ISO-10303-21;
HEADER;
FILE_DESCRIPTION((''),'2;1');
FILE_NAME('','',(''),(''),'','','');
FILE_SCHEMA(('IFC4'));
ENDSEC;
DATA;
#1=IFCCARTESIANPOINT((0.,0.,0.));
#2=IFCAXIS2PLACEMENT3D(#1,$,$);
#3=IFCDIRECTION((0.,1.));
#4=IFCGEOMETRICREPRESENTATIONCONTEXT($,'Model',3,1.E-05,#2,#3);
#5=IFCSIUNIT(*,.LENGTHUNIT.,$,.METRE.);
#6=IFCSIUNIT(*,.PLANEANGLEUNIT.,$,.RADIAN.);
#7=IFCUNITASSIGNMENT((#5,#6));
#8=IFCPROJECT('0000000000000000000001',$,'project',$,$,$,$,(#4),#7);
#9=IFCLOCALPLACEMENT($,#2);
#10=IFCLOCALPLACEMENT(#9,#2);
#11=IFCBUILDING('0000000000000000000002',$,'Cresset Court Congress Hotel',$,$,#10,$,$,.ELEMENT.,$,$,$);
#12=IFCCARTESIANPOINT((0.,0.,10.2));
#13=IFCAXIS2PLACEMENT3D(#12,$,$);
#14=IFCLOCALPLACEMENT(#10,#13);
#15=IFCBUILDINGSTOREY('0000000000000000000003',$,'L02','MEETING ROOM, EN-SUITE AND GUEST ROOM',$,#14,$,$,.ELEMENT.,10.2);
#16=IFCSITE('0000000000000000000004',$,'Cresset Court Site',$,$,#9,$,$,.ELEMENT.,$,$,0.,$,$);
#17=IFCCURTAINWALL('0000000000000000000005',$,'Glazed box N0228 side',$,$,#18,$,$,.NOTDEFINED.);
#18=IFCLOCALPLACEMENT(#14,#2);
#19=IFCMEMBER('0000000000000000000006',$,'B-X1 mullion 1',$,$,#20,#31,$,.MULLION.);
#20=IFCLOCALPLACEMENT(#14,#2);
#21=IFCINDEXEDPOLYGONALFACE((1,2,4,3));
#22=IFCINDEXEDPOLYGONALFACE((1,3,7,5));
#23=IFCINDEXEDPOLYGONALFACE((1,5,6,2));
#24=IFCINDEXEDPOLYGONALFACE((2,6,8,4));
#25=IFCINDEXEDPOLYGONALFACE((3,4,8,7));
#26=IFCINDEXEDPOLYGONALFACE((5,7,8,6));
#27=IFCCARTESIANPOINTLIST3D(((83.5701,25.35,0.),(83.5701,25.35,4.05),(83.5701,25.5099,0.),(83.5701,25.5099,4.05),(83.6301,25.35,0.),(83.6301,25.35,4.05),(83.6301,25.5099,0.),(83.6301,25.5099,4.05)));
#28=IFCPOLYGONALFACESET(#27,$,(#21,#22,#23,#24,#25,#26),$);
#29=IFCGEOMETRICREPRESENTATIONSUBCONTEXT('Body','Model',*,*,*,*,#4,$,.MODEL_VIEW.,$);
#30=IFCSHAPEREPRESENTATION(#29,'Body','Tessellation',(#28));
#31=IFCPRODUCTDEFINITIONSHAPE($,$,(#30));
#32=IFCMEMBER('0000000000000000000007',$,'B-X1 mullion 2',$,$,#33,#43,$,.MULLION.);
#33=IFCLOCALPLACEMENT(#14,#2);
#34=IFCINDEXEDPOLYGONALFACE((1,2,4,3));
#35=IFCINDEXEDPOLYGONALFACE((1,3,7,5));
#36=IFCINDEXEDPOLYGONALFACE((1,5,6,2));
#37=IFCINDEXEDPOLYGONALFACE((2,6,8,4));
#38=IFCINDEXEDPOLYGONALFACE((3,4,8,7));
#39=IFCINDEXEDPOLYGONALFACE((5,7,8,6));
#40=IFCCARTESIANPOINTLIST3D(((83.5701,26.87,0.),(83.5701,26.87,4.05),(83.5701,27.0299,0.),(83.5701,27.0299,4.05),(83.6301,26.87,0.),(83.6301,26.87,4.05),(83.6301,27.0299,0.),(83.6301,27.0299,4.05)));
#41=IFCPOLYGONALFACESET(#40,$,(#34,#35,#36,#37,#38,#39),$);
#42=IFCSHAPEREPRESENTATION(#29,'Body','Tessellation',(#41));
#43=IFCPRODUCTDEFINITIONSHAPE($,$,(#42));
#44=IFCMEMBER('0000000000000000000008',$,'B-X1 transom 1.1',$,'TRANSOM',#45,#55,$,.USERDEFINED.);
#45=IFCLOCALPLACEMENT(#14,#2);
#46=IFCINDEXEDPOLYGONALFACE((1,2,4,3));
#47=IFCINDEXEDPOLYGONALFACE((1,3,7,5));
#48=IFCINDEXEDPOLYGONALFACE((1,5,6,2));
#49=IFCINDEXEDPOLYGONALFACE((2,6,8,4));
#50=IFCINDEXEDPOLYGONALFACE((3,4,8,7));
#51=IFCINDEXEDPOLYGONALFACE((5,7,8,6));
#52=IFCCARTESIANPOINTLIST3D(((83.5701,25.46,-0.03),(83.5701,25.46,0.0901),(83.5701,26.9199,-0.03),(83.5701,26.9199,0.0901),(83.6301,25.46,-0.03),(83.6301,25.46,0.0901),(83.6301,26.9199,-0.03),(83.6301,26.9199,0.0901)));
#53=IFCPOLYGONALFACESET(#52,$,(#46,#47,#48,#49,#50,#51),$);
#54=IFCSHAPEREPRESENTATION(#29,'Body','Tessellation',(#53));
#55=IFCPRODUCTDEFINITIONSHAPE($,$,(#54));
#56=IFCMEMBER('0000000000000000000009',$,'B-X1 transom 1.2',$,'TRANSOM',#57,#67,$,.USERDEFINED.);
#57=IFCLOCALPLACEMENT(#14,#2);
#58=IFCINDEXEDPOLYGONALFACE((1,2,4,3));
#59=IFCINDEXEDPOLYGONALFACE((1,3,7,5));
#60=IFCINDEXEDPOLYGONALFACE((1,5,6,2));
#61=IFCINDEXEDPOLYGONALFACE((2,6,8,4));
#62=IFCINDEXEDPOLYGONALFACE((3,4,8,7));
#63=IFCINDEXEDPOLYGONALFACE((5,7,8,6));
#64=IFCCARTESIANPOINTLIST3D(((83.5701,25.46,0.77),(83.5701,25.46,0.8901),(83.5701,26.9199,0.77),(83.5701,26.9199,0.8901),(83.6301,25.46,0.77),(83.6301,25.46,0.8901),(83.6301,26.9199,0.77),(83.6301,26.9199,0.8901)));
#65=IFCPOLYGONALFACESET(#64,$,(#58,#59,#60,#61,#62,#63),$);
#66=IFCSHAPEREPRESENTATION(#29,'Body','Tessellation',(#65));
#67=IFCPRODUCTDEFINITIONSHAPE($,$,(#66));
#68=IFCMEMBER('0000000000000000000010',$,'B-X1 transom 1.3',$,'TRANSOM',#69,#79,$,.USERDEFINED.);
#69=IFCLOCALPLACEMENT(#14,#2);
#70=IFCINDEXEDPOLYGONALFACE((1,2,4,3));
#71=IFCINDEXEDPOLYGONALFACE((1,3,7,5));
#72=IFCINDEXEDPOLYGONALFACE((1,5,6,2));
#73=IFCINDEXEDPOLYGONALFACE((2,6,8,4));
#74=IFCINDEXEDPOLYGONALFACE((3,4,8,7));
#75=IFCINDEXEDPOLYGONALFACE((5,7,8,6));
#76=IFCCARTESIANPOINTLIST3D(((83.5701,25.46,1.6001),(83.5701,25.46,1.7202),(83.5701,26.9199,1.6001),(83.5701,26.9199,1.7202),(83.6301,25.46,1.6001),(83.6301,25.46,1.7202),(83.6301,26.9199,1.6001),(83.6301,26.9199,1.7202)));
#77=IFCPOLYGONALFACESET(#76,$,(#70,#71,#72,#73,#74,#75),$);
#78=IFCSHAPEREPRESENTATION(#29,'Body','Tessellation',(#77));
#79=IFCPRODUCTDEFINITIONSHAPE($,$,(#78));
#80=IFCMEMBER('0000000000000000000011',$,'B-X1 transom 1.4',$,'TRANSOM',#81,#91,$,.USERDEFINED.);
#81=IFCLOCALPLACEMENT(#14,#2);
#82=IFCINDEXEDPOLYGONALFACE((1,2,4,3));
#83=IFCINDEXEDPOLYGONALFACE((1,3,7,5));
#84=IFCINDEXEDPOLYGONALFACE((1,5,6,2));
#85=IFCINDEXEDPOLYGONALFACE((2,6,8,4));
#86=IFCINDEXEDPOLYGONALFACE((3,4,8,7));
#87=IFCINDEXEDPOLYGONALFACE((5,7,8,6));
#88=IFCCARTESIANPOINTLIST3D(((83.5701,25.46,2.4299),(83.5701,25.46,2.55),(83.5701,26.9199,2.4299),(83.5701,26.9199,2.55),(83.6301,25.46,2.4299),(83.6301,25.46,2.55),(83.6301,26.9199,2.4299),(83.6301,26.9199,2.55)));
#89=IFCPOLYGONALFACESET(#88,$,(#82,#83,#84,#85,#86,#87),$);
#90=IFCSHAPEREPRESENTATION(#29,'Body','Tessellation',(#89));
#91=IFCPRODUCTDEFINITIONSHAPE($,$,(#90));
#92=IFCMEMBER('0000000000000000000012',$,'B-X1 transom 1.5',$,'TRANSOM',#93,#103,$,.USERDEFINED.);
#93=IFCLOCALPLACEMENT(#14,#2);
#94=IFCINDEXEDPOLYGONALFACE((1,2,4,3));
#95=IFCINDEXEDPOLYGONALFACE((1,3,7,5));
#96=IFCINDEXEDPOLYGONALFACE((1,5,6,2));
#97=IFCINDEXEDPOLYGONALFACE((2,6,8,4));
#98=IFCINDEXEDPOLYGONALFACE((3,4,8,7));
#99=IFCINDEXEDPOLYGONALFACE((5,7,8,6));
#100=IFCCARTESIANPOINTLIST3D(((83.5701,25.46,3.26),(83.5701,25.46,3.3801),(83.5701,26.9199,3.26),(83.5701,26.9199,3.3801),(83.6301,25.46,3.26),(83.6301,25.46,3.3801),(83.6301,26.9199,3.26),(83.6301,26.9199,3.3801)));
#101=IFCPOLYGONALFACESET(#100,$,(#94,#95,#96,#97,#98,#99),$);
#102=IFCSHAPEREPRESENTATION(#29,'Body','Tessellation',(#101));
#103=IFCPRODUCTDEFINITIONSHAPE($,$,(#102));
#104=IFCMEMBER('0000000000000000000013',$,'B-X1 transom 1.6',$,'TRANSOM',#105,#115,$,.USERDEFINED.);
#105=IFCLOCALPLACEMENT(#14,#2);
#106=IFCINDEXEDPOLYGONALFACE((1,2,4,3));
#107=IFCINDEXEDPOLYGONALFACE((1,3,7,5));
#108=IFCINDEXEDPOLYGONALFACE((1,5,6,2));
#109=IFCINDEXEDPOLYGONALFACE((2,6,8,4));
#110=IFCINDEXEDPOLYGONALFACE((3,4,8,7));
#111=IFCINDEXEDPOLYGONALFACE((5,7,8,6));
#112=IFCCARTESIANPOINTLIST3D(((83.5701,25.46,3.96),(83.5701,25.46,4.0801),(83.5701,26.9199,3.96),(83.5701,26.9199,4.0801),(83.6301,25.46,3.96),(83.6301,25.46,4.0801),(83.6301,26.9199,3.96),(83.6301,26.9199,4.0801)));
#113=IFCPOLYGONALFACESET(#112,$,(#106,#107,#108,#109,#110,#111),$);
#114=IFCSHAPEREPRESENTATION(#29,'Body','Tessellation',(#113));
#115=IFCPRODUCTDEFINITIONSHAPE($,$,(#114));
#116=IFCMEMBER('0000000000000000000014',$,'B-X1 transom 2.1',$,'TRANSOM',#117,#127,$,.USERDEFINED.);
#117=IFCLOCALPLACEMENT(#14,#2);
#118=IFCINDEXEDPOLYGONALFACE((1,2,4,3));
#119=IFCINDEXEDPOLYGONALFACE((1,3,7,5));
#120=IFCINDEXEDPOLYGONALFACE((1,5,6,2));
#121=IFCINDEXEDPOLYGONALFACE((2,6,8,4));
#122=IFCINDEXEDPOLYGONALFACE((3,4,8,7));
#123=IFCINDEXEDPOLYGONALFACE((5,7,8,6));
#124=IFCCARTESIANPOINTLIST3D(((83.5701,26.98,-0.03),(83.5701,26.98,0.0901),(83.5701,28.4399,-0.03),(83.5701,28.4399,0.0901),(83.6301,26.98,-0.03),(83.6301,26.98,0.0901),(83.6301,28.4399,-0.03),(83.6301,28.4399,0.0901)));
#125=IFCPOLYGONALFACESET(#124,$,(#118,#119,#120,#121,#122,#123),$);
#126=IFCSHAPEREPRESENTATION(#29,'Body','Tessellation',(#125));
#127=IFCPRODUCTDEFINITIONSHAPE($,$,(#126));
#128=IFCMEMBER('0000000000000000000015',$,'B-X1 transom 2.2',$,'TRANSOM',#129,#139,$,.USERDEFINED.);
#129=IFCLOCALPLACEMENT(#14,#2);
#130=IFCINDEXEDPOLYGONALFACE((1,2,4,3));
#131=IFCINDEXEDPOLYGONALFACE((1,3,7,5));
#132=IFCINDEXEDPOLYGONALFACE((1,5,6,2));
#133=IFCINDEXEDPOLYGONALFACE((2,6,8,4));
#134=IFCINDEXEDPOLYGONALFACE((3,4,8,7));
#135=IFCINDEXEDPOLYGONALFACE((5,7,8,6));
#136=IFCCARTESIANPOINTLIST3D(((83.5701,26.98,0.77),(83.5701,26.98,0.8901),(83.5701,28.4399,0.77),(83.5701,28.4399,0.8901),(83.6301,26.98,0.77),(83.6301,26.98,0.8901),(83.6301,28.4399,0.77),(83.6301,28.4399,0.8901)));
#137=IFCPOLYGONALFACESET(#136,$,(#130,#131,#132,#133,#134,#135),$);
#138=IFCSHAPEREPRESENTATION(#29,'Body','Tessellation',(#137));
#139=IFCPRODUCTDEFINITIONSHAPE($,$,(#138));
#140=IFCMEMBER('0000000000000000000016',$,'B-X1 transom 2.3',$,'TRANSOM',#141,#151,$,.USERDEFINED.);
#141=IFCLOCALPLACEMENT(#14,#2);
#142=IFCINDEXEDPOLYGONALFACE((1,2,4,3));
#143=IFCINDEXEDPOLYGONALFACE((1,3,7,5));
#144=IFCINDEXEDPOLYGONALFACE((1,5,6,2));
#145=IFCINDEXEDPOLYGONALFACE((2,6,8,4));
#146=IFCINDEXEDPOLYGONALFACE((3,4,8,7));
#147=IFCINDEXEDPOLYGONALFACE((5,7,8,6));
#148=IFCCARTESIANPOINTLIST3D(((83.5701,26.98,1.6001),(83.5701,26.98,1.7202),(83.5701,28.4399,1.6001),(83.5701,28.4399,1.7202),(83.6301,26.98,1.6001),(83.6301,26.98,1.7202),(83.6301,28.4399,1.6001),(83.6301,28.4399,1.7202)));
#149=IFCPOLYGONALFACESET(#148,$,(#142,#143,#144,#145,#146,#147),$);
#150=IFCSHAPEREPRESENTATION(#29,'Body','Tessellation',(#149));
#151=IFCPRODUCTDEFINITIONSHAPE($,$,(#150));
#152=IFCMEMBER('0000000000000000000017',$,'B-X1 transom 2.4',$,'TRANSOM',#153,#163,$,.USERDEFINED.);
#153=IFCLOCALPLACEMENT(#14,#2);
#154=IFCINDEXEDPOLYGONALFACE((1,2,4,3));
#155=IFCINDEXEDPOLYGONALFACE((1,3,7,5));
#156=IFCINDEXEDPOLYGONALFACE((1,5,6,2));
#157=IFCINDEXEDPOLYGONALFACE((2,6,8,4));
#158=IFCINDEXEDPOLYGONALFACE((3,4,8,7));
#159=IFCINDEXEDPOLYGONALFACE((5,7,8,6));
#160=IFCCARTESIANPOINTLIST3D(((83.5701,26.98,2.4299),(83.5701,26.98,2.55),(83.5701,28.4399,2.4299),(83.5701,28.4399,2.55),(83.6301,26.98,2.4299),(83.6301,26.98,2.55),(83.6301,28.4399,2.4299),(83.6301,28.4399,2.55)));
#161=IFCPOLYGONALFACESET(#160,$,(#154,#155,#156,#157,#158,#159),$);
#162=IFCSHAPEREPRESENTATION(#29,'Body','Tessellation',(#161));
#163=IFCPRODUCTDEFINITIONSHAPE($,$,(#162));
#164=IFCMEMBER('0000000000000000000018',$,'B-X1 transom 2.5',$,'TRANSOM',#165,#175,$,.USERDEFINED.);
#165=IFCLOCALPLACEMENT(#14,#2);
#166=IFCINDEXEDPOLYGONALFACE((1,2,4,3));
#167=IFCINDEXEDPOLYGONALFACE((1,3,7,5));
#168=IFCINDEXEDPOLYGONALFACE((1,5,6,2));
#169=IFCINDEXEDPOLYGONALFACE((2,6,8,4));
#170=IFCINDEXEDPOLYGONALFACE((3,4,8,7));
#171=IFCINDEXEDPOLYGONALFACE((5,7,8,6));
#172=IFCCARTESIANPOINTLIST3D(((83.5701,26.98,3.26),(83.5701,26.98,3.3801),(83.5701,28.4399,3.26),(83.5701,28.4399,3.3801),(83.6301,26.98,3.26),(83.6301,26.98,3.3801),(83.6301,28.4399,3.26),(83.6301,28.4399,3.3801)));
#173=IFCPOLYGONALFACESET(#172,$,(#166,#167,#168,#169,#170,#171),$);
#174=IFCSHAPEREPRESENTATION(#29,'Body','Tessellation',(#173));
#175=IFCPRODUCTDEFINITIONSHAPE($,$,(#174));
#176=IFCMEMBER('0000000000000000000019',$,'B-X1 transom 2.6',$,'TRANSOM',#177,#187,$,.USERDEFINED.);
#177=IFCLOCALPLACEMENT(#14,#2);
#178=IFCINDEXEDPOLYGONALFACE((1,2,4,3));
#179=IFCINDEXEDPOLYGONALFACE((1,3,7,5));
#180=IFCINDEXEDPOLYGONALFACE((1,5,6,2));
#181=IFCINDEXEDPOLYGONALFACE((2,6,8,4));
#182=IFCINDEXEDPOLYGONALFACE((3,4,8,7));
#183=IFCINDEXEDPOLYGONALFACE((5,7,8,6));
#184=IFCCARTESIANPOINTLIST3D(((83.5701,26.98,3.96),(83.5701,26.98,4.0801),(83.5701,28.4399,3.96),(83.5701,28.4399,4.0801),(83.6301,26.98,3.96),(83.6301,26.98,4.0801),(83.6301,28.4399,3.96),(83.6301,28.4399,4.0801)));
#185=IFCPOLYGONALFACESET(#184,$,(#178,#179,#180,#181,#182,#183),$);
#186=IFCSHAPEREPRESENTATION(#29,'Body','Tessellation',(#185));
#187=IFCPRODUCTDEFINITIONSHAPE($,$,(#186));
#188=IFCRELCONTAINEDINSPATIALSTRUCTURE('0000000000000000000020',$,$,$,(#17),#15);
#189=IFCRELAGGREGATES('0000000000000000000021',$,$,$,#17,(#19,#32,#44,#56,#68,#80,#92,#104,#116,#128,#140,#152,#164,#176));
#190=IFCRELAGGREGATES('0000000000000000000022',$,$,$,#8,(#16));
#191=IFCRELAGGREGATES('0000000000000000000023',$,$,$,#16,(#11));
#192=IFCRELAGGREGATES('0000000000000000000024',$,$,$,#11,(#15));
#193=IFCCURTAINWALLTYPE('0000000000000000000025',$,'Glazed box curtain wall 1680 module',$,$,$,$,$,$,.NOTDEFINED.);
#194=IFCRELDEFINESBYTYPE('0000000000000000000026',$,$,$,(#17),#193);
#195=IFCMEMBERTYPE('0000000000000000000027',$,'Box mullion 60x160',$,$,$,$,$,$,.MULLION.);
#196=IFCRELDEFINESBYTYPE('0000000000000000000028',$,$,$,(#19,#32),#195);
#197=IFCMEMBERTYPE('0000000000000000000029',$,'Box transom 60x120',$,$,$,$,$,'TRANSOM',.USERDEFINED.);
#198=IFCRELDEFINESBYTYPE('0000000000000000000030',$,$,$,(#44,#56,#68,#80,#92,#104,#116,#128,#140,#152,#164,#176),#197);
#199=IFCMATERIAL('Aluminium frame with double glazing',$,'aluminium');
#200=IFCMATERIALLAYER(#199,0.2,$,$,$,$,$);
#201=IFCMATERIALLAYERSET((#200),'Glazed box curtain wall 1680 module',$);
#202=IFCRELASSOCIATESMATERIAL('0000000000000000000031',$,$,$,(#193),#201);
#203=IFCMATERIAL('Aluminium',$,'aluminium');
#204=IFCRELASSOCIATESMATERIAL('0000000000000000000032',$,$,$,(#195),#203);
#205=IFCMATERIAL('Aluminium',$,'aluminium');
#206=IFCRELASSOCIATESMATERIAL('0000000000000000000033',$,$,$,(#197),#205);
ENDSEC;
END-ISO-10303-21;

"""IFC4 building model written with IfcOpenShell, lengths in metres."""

from ifc_helpers import new_model, si_unit, direction, frame, origin, origin_2d, place, context, subcontext, project, spatial, rectangle, extrude, material, layer, layer_set, material_profile, profile_set, type_object, element, aggregate, save


model = new_model("IFC4")

# Units and contexts
model_context = context("Model", 3, precision=1e-05, world=origin(), true_north=direction((0.0, 1.0)))
body_context = subcontext(model_context, "Body", "Model", "MODEL_VIEW")
ifc_project = project(units=[si_unit("LENGTHUNIT", "METRE"), si_unit("PLANEANGLEUNIT", "RADIAN")], contexts=[model_context])

# Site, building, storey
site_placement = place(None, origin())
site = spatial("IfcSite", under=ifc_project, at=site_placement, Name="Cresset Court Site", CompositionType="ELEMENT", RefElevation=0.0)
building_placement = place(site_placement, origin())
building = spatial("IfcBuilding", under=site, at=building_placement, Name="Cresset Court Congress Hotel", CompositionType="ELEMENT")
storey_placement = place(building_placement, frame((0.0, 0.0, 10.2)))
storey = spatial("IfcBuildingStorey", under=building, at=storey_placement, Name="L02", Description="MEETING ROOM, EN-SUITE AND GUEST ROOM", CompositionType="ELEMENT", Elevation=10.2)

# Curtain wall, members
ifc_material_1 = material(Name="Aluminium frame with double glazing", Category="aluminium")
ifc_layer_1 = layer(ifc_material_1, 0.2)
ifc_layer_set_1 = layer_set([ifc_layer_1], Name="Glazed box curtain wall 1680 module")
curtain_wall_type = type_object("IfcCurtainWallType", Name="Glazed box curtain wall 1680 module", PredefinedType="NOTDEFINED", material=ifc_layer_set_1)
curtain_wall_placement = place(storey_placement, origin())
curtain_wall = element("IfcCurtainWall", 1, at=curtain_wall_placement, inside=storey, type_object=curtain_wall_type, Name="Glazed box N0228 side", PredefinedType="NOTDEFINED")
ifc_material_2 = material(Name="Aluminium", Category="aluminium")
ifc_material_profile_1 = material_profile(ifc_material_2, rectangle(XDim=0.0601, YDim=0.1599, at=origin_2d()), Name="Box mullion 60x160")
ifc_profile_set_1 = profile_set([ifc_material_profile_1], Name="Aluminium")
member_type_1 = type_object("IfcMemberType", Name="Box mullion 60x160", PredefinedType="MULLION", material=ifc_profile_set_1)
member_1_placement = place(storey_placement, frame((83.6001, 25.4299, 0.0), z_axis=(0.0, 0.0, 1.0), x_axis=(-1.0, 0.0, 0.0)))
member_1 = element("IfcMember", 2, at=member_1_placement, type_object=member_type_1, Name="B-X1 mullion 1", PredefinedType="MULLION", context=body_context, shape_type="SweptSolid", body=[
    extrude(rectangle(XDim=0.0601, YDim=0.1599, at=origin_2d()), origin(), (0.0, 0.0, 1.0), 4.05),
])
member_2_placement = place(storey_placement, frame((83.6001, 26.95, 0.0), z_axis=(0.0, 0.0, 1.0), x_axis=(-1.0, 0.0, 0.0)))
member_2 = element("IfcMember", 3, at=member_2_placement, type_object=member_type_1, Name="B-X1 mullion 2", PredefinedType="MULLION", context=body_context, shape_type="SweptSolid", body=[
    extrude(rectangle(XDim=0.0601, YDim=0.1599, at=origin_2d()), origin(), (0.0, 0.0, 1.0), 4.05),
])
ifc_material_3 = material(Name="Aluminium", Category="aluminium")
ifc_material_profile_2 = material_profile(ifc_material_3, rectangle(XDim=0.0601, YDim=0.1201, at=origin_2d()), Name="Box transom 60x120")
ifc_profile_set_2 = profile_set([ifc_material_profile_2], Name="Aluminium")
member_type_2 = type_object("IfcMemberType", Name="Box transom 60x120", ElementType="TRANSOM", PredefinedType="USERDEFINED", material=ifc_profile_set_2)
member_3_placement = place(storey_placement, frame((83.6001, 25.46, 0.03), z_axis=(0.0, 1.0, 0.0), x_axis=(-1.0, 0.0, 0.0)))
member_3 = element("IfcMember", 4, at=member_3_placement, type_object=member_type_2, Name="B-X1 transom 1.1", ObjectType="TRANSOM", PredefinedType="USERDEFINED", context=body_context, shape_type="SweptSolid", body=[
    extrude(rectangle(XDim=0.0601, YDim=0.1201, at=origin_2d()), origin(), (0.0, 0.0, 1.0), 1.46),
])
member_4_placement = place(storey_placement, frame((83.6001, 25.46, 0.8301), z_axis=(0.0, 1.0, 0.0), x_axis=(-1.0, 0.0, 0.0)))
member_4 = element("IfcMember", 5, at=member_4_placement, type_object=member_type_2, Name="B-X1 transom 1.2", ObjectType="TRANSOM", PredefinedType="USERDEFINED", context=body_context, shape_type="SweptSolid", body=[
    extrude(rectangle(XDim=0.0601, YDim=0.1201, at=origin_2d()), origin(), (0.0, 0.0, 1.0), 1.46),
])
member_5_placement = place(storey_placement, frame((83.6001, 25.46, 1.6602), z_axis=(0.0, 1.0, 0.0), x_axis=(-1.0, 0.0, 0.0)))
member_5 = element("IfcMember", 6, at=member_5_placement, type_object=member_type_2, Name="B-X1 transom 1.3", ObjectType="TRANSOM", PredefinedType="USERDEFINED", context=body_context, shape_type="SweptSolid", body=[
    extrude(rectangle(XDim=0.0601, YDim=0.1201, at=origin_2d()), origin(), (0.0, 0.0, 1.0), 1.46),
])
member_6_placement = place(storey_placement, frame((83.6001, 25.46, 2.49), z_axis=(0.0, 1.0, 0.0), x_axis=(-1.0, 0.0, 0.0)))
member_6 = element("IfcMember", 7, at=member_6_placement, type_object=member_type_2, Name="B-X1 transom 1.4", ObjectType="TRANSOM", PredefinedType="USERDEFINED", context=body_context, shape_type="SweptSolid", body=[
    extrude(rectangle(XDim=0.0601, YDim=0.1201, at=origin_2d()), origin(), (0.0, 0.0, 1.0), 1.46),
])
member_7_placement = place(storey_placement, frame((83.6001, 25.46, 3.3201), z_axis=(0.0, 1.0, 0.0), x_axis=(-1.0, 0.0, 0.0)))
member_7 = element("IfcMember", 8, at=member_7_placement, type_object=member_type_2, Name="B-X1 transom 1.5", ObjectType="TRANSOM", PredefinedType="USERDEFINED", context=body_context, shape_type="SweptSolid", body=[
    extrude(rectangle(XDim=0.0601, YDim=0.1201, at=origin_2d()), origin(), (0.0, 0.0, 1.0), 1.46),
])
member_8_placement = place(storey_placement, frame((83.6001, 25.46, 4.02), z_axis=(0.0, 1.0, 0.0), x_axis=(-1.0, 0.0, 0.0)))
member_8 = element("IfcMember", 9, at=member_8_placement, type_object=member_type_2, Name="B-X1 transom 1.6", ObjectType="TRANSOM", PredefinedType="USERDEFINED", context=body_context, shape_type="SweptSolid", body=[
    extrude(rectangle(XDim=0.0601, YDim=0.1201, at=origin_2d()), origin(), (0.0, 0.0, 1.0), 1.46),
])
member_9_placement = place(storey_placement, frame((83.6001, 26.98, 0.03), z_axis=(0.0, 1.0, 0.0), x_axis=(-1.0, 0.0, 0.0)))
member_9 = element("IfcMember", 10, at=member_9_placement, type_object=member_type_2, Name="B-X1 transom 2.1", ObjectType="TRANSOM", PredefinedType="USERDEFINED", context=body_context, shape_type="SweptSolid", body=[
    extrude(rectangle(XDim=0.0601, YDim=0.1201, at=origin_2d()), origin(), (0.0, 0.0, 1.0), 1.46),
])
member_10_placement = place(storey_placement, frame((83.6001, 26.98, 0.8301), z_axis=(0.0, 1.0, 0.0), x_axis=(-1.0, 0.0, 0.0)))
member_10 = element("IfcMember", 11, at=member_10_placement, type_object=member_type_2, Name="B-X1 transom 2.2", ObjectType="TRANSOM", PredefinedType="USERDEFINED", context=body_context, shape_type="SweptSolid", body=[
    extrude(rectangle(XDim=0.0601, YDim=0.1201, at=origin_2d()), origin(), (0.0, 0.0, 1.0), 1.46),
])
member_11_placement = place(storey_placement, frame((83.6001, 26.98, 1.6602), z_axis=(0.0, 1.0, 0.0), x_axis=(-1.0, 0.0, 0.0)))
member_11 = element("IfcMember", 12, at=member_11_placement, type_object=member_type_2, Name="B-X1 transom 2.3", ObjectType="TRANSOM", PredefinedType="USERDEFINED", context=body_context, shape_type="SweptSolid", body=[
    extrude(rectangle(XDim=0.0601, YDim=0.1201, at=origin_2d()), origin(), (0.0, 0.0, 1.0), 1.46),
])
member_12_placement = place(storey_placement, frame((83.6001, 26.98, 2.49), z_axis=(0.0, 1.0, 0.0), x_axis=(-1.0, 0.0, 0.0)))
member_12 = element("IfcMember", 13, at=member_12_placement, type_object=member_type_2, Name="B-X1 transom 2.4", ObjectType="TRANSOM", PredefinedType="USERDEFINED", context=body_context, shape_type="SweptSolid", body=[
    extrude(rectangle(XDim=0.0601, YDim=0.1201, at=origin_2d()), origin(), (0.0, 0.0, 1.0), 1.46),
])
member_13_placement = place(storey_placement, frame((83.6001, 26.98, 3.3201), z_axis=(0.0, 1.0, 0.0), x_axis=(-1.0, 0.0, 0.0)))
member_13 = element("IfcMember", 14, at=member_13_placement, type_object=member_type_2, Name="B-X1 transom 2.5", ObjectType="TRANSOM", PredefinedType="USERDEFINED", context=body_context, shape_type="SweptSolid", body=[
    extrude(rectangle(XDim=0.0601, YDim=0.1201, at=origin_2d()), origin(), (0.0, 0.0, 1.0), 1.46),
])
member_14_placement = place(storey_placement, frame((83.6001, 26.98, 4.02), z_axis=(0.0, 1.0, 0.0), x_axis=(-1.0, 0.0, 0.0)))
member_14 = element("IfcMember", 15, at=member_14_placement, type_object=member_type_2, Name="B-X1 transom 2.6", ObjectType="TRANSOM", PredefinedType="USERDEFINED", context=body_context, shape_type="SweptSolid", body=[
    extrude(rectangle(XDim=0.0601, YDim=0.1201, at=origin_2d()), origin(), (0.0, 0.0, 1.0), 1.46),
])
aggregate(curtain_wall, [member_1, member_2, member_3, member_4, member_5, member_6, member_7, member_8, member_9, member_10, member_11, member_12, member_13, member_14])

save(model, "model.ifc")
